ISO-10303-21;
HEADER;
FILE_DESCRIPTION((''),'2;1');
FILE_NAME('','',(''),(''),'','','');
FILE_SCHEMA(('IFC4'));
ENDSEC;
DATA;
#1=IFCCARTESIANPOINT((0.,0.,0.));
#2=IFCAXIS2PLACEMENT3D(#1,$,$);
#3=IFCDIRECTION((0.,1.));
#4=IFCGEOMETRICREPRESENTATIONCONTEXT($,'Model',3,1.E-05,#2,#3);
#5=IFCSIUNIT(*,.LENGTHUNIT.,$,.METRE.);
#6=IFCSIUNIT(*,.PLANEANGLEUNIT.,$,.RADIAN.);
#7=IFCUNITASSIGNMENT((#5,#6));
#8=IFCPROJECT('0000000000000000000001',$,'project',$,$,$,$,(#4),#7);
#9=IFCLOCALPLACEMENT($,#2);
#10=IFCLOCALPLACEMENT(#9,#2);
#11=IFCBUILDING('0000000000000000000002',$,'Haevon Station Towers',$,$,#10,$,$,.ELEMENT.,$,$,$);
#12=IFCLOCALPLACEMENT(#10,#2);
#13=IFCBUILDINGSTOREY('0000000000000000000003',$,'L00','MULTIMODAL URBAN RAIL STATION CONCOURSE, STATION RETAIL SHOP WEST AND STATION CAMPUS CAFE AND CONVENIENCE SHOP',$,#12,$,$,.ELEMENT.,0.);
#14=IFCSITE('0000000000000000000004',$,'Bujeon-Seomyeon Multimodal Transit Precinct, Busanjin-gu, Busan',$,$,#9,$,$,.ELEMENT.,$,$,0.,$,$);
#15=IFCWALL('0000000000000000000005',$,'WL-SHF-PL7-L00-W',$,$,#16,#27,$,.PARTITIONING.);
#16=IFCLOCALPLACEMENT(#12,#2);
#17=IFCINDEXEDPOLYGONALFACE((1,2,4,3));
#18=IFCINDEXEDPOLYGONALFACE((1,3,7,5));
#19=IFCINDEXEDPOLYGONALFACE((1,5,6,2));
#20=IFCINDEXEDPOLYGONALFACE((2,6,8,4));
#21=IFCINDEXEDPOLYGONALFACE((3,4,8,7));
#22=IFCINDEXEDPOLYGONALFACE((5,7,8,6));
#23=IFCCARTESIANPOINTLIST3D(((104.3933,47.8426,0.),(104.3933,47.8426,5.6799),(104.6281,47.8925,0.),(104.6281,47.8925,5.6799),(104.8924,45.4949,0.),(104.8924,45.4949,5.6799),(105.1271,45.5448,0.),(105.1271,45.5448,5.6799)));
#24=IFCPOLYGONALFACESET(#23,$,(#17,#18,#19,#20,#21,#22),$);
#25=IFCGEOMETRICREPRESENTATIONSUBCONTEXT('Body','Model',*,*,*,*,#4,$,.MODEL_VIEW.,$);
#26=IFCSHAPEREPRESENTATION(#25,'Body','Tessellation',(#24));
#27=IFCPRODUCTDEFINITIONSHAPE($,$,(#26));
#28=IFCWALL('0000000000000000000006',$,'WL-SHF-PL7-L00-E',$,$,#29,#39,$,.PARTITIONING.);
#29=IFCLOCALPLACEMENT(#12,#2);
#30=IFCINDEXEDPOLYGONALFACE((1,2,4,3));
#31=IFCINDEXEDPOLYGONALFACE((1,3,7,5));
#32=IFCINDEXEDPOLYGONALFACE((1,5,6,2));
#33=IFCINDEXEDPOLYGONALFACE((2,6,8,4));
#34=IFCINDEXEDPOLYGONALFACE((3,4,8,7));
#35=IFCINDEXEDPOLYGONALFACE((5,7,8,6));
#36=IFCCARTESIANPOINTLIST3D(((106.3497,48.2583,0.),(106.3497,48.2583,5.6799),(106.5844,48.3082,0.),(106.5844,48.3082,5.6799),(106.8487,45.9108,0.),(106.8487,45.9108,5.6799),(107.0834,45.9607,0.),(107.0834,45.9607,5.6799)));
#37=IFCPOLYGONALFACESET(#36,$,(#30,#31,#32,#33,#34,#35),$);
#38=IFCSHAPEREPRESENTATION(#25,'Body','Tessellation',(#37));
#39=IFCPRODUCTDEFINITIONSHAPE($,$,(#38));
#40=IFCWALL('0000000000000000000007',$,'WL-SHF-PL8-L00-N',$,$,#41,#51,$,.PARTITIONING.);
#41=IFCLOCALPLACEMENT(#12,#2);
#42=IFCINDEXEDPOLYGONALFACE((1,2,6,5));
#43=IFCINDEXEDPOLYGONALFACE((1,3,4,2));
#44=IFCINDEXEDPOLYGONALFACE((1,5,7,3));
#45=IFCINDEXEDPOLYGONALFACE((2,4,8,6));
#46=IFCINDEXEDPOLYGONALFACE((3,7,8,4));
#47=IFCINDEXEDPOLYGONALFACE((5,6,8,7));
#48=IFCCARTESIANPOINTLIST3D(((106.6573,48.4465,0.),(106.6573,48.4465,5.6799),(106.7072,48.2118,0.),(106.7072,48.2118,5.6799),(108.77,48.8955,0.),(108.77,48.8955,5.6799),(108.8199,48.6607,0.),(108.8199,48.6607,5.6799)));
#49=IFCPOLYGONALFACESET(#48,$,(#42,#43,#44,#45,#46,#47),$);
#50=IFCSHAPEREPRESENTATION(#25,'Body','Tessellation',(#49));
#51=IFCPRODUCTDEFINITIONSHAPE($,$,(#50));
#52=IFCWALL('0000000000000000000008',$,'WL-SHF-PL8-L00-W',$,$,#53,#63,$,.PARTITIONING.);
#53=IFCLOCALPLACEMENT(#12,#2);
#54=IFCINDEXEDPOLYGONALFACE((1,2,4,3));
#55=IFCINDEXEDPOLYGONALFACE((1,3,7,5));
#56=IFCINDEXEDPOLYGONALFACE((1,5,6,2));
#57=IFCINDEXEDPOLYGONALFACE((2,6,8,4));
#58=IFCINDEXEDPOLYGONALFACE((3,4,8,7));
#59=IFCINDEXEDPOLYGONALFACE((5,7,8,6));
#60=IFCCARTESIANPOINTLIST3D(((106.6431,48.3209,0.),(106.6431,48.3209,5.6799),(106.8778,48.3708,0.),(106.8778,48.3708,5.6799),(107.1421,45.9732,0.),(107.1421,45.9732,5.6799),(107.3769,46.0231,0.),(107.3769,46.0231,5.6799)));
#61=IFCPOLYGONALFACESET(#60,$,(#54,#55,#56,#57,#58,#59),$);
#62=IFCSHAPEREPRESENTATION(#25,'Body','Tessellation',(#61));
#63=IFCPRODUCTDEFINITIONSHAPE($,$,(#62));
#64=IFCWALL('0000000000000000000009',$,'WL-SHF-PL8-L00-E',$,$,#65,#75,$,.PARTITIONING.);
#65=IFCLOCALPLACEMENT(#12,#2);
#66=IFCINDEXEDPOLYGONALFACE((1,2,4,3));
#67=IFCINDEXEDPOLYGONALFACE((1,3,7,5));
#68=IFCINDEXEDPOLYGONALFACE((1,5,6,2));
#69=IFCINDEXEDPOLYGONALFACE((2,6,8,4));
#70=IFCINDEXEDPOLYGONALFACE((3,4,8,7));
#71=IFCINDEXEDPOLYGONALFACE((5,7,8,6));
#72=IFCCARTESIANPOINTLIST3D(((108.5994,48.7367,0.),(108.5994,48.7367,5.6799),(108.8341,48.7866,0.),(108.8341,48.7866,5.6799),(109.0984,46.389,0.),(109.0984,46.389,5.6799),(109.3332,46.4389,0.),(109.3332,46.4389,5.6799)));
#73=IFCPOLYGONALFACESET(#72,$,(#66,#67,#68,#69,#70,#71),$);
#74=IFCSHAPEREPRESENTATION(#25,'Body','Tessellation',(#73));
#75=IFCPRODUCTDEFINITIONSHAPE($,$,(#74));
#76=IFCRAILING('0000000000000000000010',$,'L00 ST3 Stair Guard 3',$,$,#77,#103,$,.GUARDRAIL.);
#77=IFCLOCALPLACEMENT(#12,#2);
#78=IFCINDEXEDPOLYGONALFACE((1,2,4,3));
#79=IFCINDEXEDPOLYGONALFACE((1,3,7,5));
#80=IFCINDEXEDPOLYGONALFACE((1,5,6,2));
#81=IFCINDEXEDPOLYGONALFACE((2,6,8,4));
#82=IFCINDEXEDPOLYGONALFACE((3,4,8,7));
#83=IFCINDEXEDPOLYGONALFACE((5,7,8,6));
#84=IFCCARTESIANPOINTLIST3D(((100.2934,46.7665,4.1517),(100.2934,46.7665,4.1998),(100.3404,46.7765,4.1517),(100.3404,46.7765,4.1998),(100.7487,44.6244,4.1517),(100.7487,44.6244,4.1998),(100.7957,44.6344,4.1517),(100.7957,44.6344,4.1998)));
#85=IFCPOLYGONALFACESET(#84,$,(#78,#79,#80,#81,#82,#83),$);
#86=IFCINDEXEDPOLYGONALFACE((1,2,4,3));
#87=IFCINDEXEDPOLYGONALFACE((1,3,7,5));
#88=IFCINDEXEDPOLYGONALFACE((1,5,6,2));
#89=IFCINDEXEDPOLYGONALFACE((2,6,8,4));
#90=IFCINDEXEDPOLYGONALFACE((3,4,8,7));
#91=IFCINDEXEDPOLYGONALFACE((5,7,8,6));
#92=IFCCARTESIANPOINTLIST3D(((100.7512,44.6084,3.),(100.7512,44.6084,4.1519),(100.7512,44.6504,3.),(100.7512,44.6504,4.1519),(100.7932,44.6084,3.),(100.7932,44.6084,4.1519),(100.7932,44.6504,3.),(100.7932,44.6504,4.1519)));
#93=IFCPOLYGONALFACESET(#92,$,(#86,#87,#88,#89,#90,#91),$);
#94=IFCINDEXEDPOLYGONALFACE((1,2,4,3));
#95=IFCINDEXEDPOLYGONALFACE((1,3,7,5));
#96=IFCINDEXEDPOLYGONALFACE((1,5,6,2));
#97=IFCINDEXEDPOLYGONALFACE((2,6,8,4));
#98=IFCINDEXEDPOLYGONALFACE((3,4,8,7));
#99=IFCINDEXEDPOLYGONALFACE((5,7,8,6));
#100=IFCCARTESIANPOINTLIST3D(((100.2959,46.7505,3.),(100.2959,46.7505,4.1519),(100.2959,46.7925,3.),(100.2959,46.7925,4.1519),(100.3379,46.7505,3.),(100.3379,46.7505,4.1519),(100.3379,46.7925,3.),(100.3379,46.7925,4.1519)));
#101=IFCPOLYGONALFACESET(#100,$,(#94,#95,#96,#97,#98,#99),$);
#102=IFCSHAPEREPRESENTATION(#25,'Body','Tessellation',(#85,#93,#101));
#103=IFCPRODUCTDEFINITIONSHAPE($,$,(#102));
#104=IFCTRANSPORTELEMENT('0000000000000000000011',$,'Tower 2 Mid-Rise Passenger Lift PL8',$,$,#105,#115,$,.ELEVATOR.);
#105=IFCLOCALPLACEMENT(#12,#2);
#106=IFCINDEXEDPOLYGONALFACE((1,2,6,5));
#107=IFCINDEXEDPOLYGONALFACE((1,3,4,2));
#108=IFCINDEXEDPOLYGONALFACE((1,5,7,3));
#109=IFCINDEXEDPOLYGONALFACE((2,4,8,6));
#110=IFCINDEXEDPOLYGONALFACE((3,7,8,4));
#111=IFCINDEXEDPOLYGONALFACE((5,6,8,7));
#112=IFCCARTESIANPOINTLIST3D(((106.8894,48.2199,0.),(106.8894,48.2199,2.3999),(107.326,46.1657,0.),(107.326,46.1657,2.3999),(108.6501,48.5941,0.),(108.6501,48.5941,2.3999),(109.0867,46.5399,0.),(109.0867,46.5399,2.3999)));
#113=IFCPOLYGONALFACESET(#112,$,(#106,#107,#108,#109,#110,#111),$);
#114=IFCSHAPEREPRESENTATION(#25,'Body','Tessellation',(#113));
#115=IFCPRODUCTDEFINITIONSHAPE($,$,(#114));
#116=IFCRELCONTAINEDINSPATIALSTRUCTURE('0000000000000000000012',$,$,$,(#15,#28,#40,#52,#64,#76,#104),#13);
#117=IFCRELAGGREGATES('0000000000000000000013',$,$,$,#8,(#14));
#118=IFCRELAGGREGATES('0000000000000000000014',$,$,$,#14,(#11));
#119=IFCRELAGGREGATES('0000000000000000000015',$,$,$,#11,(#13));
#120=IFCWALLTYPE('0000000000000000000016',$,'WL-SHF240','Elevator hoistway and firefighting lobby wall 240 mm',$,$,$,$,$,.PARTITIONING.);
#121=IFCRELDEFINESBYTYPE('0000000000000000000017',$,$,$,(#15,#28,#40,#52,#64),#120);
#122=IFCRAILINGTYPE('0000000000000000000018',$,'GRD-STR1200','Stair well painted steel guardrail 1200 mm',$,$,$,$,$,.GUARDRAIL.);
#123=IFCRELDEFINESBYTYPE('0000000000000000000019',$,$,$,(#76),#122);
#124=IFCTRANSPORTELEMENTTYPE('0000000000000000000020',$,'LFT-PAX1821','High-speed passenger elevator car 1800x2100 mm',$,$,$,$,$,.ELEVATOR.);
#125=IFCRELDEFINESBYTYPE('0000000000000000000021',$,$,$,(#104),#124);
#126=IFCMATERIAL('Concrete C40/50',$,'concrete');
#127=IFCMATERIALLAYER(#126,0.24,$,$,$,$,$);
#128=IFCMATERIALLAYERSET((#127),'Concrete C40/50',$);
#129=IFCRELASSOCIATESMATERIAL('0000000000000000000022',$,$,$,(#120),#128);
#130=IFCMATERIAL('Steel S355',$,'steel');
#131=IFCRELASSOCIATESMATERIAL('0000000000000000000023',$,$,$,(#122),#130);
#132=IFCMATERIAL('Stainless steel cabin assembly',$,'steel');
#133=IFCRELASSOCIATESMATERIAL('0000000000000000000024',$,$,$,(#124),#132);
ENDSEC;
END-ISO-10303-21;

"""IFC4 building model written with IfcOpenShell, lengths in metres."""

from ifc_helpers import new_model, si_unit, direction, frame, frame_2d, origin, origin_2d, place, context, subcontext, project, spatial, rectangle, extrude, material, layer, layer_set, type_object, element, save


model = new_model("IFC4")

# Units and contexts
model_context = context("Model", 3, precision=1e-05, world=origin(), true_north=direction((0.0, 1.0)))
body_context = subcontext(model_context, "Body", "Model", "MODEL_VIEW")
ifc_project = project(units=[si_unit("LENGTHUNIT", "METRE"), si_unit("PLANEANGLEUNIT", "RADIAN")], contexts=[model_context])

# Site, building, storey
site_placement = place(None, origin())
site = spatial("IfcSite", under=ifc_project, at=site_placement, Name="Bujeon-Seomyeon Multimodal Transit Precinct, Busanjin-gu, Busan", CompositionType="ELEMENT", RefElevation=0.0)
building_placement = place(site_placement, origin())
building = spatial("IfcBuilding", under=site, at=building_placement, Name="Haevon Station Towers", CompositionType="ELEMENT")
storey_placement = place(building_placement, origin())
storey = spatial("IfcBuildingStorey", under=building, at=storey_placement, Name="L00", Description="MULTIMODAL URBAN RAIL STATION CONCOURSE, STATION RETAIL SHOP WEST AND STATION CAMPUS CAFE AND CONVENIENCE SHOP", CompositionType="ELEMENT", Elevation=0.0)

# Shared definitions
ifc_material_1 = material(Name="Concrete C40/50", Category="concrete")
ifc_layer_1 = layer(ifc_material_1, 0.24)
ifc_layer_set_1 = layer_set([ifc_layer_1], Name="Concrete C40/50")
wall_type_1 = type_object("IfcWallType", Name="WL-SHF240", Description="Elevator hoistway and firefighting lobby wall 240 mm", PredefinedType="PARTITIONING", material=ifc_layer_set_1)

# Walls
wall_1_placement = place(storey_placement, frame((105.0098, 45.5198, 0.0), z_axis=(0.0, 0.0, 1.0), x_axis=(-0.207917, 0.978146, 0.0)))
element("IfcWall", 1, at=wall_1_placement, inside=storey, type_object=wall_type_1, Name="WL-SHF-PL7-L00-W", PredefinedType="PARTITIONING", context=body_context, shape_type="SweptSolid", body=[
    extrude(rectangle(XDim=2.4001, YDim=0.24, at=frame_2d((1.2002, 0.0))), origin(), (0.0, 0.0, 1.0), 5.6799),
])
wall_2_placement = place(storey_placement, frame((106.9661, 45.9358, 0.0), z_axis=(0.0, 0.0, 1.0), x_axis=(-0.207938, 0.978142, 0.0)))
element("IfcWall", 2, at=wall_2_placement, inside=storey, type_object=wall_type_1, Name="WL-SHF-PL7-L00-E", PredefinedType="PARTITIONING", context=body_context, shape_type="SweptSolid", body=[
    extrude(rectangle(XDim=2.3999, YDim=0.24, at=frame_2d((1.2, 0.0))), origin(), (0.0, 0.0, 1.0), 5.6799),
])

# Walls
wall_3_placement = place(storey_placement, frame((106.6821, 48.3291, 0.0), z_axis=(0.0, 0.0, 1.0), x_axis=(0.978158, 0.207861, 0.0)))
element("IfcWall", 3, at=wall_3_placement, inside=storey, type_object=wall_type_1, Name="WL-SHF-PL8-L00-N", PredefinedType="PARTITIONING", context=body_context, shape_type="SweptSolid", body=[
    extrude(rectangle(XDim=2.1599, YDim=0.24, at=frame_2d((1.0801, 0.0))), origin(), (0.0, 0.0, 1.0), 5.6799),
])
for number, where, z_axis, x_axis, name in (
    (4, (107.2595, 45.998, 0.0), (0.0, 0.0, 1.0), (-0.207917, 0.978146, 0.0), "WL-SHF-PL8-L00-W"),
    (5, (109.2158, 46.4138, 0.0), (0.0, 0.0, 1.0), (-0.207917, 0.978146, 0.0), "WL-SHF-PL8-L00-E"),
):
    element("IfcWall", number, at=place(storey_placement, frame(where, z_axis=z_axis, x_axis=x_axis)), inside=storey, type_object=wall_type_1, Name=name, PredefinedType="PARTITIONING", context=body_context, shape_type="SweptSolid", body=[
        extrude(rectangle(XDim=2.4001, YDim=0.24, at=frame_2d((1.2002, 0.0))), origin(), (0.0, 0.0, 1.0), 5.6799),
    ])

# Railing
ifc_material_2 = material(Name="Steel S355", Category="steel")
railing_type = type_object("IfcRailingType", Name="GRD-STR1200", Description="Stair well painted steel guardrail 1200 mm", PredefinedType="GUARDRAIL", material=ifc_material_2)
railing_placement = place(storey_placement, frame((100.7722, 44.6294, 3.0)))
element("IfcRailing", 6, at=railing_placement, inside=storey, type_object=railing_type, Name="L00 ST3 Stair Guard 3", PredefinedType="GUARDRAIL", context=body_context, shape_type="SweptSolid", body=[
    extrude(rectangle(XDim=0.0481, YDim=0.0481, at=origin_2d()), frame((0.0, 0.0, 1.1758), z_axis=(-0.207915, 0.978147, 0.0), x_axis=(-0.978147, -0.207915, 0.0)), (0.0, 0.0, 1.0), 2.1899),
    extrude(rectangle(XDim=0.042, YDim=0.042, at=origin_2d()), origin(), (0.0, 0.0, 1.0), 1.1519),
    extrude(rectangle(XDim=0.042, YDim=0.042, at=origin_2d()), frame((-0.4553, 2.1421, 0.0)), (0.0, 0.0, 1.0), 1.1519),
])

# Transport element
ifc_material_3 = material(Name="Stainless steel cabin assembly", Category="steel")
transport_element_type = type_object("IfcTransportElementType", Name="LFT-PAX1821", Description="High-speed passenger elevator car 1800x2100 mm", PredefinedType="ELEVATOR", material=ifc_material_3)
transport_element_placement = place(storey_placement, frame((107.988, 47.3799, 0.0), z_axis=(0.0, 0.0, 1.0), x_axis=(0.978148, 0.207912, 0.0)))
element("IfcTransportElement", 7, at=transport_element_placement, inside=storey, type_object=transport_element_type, Name="Tower 2 Mid-Rise Passenger Lift PL8", PredefinedType="ELEVATOR", context=body_context, shape_type="SweptSolid", body=[
    extrude(rectangle(XDim=1.8, YDim=2.1001, at=origin_2d()), origin(), (0.0, 0.0, 1.0), 2.3999),
])

save(model, "model.ifc")
